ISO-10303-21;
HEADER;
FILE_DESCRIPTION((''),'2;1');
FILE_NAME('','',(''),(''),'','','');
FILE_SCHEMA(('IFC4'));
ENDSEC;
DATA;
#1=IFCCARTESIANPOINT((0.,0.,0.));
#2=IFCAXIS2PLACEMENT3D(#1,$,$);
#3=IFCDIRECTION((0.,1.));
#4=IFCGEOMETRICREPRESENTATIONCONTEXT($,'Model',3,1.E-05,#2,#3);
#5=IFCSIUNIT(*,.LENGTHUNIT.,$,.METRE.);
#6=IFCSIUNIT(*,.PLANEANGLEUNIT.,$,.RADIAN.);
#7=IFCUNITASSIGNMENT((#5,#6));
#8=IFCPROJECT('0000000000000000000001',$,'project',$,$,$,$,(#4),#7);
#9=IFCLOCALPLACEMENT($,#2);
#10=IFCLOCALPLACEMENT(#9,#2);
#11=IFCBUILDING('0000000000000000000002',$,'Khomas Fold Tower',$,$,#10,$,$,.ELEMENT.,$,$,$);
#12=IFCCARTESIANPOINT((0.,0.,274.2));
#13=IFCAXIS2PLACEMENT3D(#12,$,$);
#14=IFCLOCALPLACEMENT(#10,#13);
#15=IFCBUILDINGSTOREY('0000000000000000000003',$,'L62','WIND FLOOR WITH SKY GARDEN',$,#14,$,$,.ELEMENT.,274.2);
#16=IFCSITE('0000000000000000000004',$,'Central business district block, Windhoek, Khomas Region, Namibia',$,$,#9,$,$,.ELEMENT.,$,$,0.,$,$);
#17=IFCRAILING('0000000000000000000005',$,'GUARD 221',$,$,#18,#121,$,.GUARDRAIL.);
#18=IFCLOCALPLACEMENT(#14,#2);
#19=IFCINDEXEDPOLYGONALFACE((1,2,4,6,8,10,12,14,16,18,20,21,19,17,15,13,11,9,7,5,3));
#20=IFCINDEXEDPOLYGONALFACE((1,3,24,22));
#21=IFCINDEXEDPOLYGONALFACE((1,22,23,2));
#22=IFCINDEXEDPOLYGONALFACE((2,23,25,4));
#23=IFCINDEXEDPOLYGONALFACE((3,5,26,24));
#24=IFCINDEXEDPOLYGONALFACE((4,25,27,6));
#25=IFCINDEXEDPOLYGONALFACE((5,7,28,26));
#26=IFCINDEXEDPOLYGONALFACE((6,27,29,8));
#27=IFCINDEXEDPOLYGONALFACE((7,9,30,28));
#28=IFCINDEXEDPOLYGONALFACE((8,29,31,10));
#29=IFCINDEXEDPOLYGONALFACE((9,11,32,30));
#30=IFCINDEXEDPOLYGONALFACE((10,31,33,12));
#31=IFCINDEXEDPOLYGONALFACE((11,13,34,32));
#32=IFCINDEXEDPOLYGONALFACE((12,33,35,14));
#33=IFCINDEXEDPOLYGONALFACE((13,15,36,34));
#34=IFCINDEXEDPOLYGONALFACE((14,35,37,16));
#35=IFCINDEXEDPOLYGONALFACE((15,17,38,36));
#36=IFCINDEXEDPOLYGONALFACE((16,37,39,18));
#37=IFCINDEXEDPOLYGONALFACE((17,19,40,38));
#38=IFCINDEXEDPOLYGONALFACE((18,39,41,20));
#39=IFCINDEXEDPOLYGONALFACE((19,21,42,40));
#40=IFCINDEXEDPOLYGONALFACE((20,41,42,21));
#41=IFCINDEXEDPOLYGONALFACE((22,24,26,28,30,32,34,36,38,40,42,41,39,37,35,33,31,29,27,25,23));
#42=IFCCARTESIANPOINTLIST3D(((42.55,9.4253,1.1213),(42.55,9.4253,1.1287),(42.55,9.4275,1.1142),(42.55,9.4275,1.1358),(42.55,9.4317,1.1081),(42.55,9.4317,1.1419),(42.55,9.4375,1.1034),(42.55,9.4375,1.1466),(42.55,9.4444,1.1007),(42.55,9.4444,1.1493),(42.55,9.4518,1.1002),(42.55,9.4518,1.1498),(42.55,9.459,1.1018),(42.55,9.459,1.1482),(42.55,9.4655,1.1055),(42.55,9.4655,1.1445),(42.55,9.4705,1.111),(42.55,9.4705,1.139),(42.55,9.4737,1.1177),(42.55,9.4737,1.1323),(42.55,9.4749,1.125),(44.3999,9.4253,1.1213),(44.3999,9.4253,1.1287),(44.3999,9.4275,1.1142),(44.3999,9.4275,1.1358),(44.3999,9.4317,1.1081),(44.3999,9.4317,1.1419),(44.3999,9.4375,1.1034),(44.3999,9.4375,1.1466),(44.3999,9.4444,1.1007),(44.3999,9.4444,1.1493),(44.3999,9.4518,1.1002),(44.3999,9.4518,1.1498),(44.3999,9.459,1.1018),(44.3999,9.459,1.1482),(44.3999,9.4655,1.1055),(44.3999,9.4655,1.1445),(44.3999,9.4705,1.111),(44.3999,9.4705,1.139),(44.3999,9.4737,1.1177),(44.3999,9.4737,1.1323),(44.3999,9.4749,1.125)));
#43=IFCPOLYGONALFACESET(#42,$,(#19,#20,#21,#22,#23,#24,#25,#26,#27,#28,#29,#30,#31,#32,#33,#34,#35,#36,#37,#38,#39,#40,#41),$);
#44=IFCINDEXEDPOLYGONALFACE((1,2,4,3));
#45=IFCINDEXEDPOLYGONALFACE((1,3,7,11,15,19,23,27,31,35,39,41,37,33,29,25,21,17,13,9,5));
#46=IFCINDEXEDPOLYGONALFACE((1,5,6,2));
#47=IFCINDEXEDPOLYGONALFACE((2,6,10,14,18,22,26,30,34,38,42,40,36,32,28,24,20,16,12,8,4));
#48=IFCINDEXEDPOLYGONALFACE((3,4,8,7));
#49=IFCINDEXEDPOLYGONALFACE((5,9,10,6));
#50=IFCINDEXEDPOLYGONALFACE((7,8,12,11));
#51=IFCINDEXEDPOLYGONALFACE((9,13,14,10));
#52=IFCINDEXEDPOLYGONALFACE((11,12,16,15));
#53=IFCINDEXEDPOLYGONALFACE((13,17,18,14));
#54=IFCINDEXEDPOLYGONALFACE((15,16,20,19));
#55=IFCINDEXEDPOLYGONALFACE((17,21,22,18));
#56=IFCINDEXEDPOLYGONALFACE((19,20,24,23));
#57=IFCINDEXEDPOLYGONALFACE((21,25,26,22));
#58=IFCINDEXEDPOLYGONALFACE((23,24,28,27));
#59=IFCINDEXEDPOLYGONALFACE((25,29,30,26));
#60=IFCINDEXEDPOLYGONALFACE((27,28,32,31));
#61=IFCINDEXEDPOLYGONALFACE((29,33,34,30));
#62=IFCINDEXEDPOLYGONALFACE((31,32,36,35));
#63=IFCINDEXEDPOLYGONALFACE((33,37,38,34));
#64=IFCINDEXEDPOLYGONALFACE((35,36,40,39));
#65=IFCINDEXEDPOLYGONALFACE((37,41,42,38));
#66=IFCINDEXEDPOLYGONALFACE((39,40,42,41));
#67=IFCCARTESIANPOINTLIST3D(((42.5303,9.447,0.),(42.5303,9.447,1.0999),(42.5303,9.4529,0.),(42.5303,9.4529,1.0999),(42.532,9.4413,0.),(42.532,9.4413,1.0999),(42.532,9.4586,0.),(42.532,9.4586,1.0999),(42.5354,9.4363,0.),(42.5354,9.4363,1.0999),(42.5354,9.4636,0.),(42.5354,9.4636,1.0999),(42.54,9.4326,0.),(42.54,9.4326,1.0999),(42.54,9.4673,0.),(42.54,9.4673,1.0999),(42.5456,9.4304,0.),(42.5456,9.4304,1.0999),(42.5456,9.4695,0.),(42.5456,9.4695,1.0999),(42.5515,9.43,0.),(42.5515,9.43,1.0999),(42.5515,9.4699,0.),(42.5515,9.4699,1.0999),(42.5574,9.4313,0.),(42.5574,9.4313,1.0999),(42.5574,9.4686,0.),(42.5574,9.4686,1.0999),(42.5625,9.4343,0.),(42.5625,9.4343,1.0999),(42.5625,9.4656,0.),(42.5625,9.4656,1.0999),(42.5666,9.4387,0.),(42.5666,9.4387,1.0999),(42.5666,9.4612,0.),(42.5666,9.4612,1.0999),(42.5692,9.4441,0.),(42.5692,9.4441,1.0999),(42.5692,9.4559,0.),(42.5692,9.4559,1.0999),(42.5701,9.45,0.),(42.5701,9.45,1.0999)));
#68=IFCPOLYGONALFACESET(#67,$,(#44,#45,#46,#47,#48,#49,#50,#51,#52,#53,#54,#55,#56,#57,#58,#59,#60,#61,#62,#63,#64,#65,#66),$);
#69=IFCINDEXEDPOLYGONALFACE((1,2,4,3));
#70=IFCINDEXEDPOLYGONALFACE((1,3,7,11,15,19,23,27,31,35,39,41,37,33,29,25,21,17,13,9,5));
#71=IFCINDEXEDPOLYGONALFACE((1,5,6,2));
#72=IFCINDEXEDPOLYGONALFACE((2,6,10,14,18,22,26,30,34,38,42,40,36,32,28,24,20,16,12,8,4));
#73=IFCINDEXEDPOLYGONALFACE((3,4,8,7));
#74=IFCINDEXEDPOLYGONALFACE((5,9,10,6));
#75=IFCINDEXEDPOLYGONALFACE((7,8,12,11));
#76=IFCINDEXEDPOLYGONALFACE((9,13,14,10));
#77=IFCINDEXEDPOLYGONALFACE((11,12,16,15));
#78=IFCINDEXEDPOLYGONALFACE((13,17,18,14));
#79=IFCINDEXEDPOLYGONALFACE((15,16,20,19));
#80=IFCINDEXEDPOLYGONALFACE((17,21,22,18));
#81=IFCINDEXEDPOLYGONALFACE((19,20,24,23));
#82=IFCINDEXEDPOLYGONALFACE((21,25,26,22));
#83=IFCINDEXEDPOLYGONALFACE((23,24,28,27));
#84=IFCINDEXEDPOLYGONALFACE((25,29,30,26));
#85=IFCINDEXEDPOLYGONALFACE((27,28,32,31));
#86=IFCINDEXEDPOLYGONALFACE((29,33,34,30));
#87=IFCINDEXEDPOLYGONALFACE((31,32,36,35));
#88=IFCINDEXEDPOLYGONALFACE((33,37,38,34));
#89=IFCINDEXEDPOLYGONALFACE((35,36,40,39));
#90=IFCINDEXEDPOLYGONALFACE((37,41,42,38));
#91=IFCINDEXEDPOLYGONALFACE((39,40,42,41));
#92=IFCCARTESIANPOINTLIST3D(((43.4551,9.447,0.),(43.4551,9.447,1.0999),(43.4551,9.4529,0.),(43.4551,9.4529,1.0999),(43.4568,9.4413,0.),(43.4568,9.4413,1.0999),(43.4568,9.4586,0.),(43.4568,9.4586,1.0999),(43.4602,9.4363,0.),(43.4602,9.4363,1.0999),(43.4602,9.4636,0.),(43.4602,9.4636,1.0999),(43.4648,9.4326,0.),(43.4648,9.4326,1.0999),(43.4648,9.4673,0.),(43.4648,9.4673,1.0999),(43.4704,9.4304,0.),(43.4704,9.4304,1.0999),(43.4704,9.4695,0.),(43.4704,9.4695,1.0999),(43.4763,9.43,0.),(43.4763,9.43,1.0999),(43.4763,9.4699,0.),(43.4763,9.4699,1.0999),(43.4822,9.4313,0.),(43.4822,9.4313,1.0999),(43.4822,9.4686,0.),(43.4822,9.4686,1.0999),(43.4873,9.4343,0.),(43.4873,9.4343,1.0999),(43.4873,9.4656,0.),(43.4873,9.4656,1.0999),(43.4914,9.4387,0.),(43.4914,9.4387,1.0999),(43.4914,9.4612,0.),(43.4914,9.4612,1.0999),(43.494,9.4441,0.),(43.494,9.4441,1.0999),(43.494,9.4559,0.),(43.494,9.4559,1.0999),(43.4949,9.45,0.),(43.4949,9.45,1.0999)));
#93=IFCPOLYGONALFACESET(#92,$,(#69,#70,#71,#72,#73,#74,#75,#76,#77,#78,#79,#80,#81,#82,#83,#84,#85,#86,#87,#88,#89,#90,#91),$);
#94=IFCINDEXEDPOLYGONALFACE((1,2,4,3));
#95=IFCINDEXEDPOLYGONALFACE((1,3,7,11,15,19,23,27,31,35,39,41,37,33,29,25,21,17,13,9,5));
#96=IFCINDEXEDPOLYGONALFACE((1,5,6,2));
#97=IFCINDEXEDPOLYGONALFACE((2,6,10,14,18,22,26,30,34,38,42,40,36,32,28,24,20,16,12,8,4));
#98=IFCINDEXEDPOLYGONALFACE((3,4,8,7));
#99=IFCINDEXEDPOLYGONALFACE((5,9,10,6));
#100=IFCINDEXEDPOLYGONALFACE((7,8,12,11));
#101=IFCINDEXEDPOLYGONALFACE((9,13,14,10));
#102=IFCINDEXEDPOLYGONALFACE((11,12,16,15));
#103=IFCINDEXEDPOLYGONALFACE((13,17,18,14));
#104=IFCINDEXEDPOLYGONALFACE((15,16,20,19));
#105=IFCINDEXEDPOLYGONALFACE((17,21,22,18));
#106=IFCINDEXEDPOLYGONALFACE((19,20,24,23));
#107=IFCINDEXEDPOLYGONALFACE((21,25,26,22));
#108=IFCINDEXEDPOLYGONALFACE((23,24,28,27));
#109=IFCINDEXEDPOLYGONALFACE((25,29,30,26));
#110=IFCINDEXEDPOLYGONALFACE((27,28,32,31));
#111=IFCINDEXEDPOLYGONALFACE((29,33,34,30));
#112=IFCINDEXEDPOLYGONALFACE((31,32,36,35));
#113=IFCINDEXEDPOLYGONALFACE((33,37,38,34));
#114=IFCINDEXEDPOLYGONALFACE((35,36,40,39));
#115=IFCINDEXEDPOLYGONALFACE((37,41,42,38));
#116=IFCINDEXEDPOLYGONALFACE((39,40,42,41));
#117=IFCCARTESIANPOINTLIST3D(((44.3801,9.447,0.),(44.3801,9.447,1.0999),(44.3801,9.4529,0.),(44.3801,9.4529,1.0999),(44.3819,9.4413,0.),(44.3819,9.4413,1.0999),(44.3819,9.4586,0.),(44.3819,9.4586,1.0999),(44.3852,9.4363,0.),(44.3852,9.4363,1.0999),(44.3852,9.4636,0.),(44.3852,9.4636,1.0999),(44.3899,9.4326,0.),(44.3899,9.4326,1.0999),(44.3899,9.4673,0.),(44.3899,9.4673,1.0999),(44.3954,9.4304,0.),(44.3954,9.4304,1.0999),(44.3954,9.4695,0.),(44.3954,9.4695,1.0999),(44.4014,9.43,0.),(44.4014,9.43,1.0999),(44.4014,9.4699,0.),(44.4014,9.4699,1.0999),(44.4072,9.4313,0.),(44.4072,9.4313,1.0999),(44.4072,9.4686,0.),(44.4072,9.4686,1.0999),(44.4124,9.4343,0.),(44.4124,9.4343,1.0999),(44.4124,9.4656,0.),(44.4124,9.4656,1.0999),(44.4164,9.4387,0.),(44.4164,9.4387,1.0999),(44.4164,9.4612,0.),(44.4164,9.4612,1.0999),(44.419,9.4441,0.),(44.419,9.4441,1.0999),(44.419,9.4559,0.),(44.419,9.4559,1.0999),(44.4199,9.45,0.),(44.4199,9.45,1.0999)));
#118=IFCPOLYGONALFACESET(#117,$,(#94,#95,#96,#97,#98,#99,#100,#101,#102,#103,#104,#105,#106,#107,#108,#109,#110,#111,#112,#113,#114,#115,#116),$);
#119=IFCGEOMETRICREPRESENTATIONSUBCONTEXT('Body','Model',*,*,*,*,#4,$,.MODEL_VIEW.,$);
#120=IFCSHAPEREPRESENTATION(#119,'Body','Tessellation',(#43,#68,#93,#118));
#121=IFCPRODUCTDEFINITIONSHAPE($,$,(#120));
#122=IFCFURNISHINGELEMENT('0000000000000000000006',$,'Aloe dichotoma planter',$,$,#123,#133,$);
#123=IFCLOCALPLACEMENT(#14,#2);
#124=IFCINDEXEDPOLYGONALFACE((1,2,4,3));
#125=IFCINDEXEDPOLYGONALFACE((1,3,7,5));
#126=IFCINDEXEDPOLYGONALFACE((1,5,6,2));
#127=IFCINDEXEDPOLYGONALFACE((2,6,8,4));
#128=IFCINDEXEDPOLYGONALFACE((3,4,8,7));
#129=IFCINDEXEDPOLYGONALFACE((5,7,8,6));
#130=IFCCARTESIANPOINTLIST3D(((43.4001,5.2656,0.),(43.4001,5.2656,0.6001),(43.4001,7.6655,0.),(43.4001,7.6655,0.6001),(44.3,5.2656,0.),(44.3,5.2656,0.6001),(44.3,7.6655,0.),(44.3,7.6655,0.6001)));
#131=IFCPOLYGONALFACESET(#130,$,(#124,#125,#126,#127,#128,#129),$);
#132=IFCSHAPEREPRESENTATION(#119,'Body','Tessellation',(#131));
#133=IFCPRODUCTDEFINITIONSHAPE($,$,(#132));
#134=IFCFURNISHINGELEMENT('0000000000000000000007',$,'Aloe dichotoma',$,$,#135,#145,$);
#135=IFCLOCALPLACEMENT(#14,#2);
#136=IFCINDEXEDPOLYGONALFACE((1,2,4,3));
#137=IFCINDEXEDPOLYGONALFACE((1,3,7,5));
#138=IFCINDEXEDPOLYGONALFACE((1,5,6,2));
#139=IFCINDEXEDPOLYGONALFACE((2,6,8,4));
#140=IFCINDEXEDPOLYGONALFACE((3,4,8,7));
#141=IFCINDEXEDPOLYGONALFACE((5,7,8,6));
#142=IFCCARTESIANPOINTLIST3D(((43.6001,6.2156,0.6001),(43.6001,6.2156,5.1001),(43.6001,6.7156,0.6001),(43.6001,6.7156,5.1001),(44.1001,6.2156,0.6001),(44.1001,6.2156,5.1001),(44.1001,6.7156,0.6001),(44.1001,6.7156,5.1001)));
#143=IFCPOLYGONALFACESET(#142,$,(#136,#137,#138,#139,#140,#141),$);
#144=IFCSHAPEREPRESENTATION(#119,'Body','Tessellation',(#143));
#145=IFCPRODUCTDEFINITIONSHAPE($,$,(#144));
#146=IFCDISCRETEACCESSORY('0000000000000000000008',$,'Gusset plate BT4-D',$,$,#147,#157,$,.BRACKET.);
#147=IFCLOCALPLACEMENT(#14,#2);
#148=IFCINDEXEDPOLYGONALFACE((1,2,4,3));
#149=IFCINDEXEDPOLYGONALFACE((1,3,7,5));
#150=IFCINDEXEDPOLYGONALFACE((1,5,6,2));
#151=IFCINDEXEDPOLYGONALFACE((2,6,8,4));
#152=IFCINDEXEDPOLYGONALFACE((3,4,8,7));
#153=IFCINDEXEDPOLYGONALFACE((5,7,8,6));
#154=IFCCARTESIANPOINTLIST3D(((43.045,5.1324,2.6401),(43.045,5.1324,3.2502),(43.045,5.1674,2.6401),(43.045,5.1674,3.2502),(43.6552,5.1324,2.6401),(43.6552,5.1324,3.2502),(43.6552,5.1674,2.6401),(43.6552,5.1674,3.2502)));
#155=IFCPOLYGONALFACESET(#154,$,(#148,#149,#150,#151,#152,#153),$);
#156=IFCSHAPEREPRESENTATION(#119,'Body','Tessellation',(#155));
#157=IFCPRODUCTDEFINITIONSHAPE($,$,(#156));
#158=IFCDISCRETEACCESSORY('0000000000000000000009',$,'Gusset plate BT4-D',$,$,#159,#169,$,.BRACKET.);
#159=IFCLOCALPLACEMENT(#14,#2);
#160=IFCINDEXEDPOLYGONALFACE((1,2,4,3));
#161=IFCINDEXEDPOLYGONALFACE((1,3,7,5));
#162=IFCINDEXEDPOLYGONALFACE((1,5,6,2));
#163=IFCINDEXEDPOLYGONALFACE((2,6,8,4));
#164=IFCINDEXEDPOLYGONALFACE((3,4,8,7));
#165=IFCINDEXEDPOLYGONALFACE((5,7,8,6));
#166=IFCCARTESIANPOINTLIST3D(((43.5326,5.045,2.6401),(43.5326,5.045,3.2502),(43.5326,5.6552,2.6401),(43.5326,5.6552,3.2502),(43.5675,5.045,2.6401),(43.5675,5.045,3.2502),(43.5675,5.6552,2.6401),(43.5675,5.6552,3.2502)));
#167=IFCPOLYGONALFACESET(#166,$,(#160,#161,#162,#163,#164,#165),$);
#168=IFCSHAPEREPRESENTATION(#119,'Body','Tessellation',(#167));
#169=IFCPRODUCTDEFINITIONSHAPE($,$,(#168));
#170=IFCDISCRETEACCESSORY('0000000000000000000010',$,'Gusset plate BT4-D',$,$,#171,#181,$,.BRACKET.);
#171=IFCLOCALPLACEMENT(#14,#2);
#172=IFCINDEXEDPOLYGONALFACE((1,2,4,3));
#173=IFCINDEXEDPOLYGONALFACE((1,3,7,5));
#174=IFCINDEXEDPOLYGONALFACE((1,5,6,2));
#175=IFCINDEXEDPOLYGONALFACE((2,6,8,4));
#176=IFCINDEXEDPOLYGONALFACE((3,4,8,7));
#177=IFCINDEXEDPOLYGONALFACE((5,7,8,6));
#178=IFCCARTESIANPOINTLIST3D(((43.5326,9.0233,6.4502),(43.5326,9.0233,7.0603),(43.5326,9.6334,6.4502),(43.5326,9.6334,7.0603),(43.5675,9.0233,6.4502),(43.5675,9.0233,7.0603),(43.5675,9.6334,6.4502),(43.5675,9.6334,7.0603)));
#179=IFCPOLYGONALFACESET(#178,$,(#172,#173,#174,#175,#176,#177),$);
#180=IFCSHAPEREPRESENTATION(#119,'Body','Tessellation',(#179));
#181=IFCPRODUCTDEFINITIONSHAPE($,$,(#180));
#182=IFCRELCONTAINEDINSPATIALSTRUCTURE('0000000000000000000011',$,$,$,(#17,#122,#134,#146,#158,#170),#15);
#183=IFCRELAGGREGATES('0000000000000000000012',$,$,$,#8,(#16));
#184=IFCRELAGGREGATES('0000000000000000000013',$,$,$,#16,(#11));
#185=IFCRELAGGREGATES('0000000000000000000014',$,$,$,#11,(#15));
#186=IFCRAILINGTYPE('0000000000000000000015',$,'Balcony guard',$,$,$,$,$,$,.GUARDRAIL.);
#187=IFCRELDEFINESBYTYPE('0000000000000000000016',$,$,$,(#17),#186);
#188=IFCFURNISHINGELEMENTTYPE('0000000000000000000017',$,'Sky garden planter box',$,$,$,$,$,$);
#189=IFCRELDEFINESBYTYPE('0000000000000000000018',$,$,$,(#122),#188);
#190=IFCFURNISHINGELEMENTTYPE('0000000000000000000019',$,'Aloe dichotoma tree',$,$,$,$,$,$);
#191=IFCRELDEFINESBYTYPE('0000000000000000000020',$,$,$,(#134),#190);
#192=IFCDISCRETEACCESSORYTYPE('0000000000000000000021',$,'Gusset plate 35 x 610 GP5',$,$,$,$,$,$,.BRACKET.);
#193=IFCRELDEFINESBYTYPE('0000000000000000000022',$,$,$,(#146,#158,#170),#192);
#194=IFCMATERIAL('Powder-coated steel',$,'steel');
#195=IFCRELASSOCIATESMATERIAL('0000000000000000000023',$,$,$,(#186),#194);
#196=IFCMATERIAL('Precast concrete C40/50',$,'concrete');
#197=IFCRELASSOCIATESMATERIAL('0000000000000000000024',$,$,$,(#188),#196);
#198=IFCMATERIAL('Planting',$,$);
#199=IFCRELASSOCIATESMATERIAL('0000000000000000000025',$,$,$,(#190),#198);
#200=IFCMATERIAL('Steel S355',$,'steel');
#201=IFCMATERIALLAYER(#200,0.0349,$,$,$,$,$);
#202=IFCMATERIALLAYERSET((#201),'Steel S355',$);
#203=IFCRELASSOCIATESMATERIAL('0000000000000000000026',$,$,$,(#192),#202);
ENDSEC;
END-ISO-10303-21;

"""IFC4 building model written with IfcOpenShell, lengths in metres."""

from ifc_helpers import new_model, si_unit, direction, frame, origin, origin_2d, place, context, subcontext, project, spatial, rectangle, circle, extrude, source, transform, mapped, material, layer, layer_set, type_object, element, save


model = new_model("IFC4")

# Units and contexts
model_context = context("Model", 3, precision=1e-05, world=origin(), true_north=direction((0.0, 1.0)))
body_context = subcontext(model_context, "Body", "Model", "MODEL_VIEW")
ifc_project = project(units=[si_unit("LENGTHUNIT", "METRE"), si_unit("PLANEANGLEUNIT", "RADIAN")], contexts=[model_context])

# Site, building, storey
site_placement = place(None, origin())
site = spatial("IfcSite", under=ifc_project, at=site_placement, Name="Central business district block, Windhoek, Khomas Region, Namibia", CompositionType="ELEMENT", RefElevation=0.0)
building_placement = place(site_placement, origin())
building = spatial("IfcBuilding", under=site, at=building_placement, Name="Khomas Fold Tower", CompositionType="ELEMENT")
storey_placement = place(building_placement, frame((0.0, 0.0, 274.2)))
storey = spatial("IfcBuildingStorey", under=building, at=storey_placement, Name="L62", Description="WIND FLOOR WITH SKY GARDEN", CompositionType="ELEMENT", Elevation=274.2)

# Railing
ifc_material_1 = material(Name="Powder-coated steel", Category="steel")
railing_type = type_object("IfcRailingType", Name="Balcony guard", PredefinedType="GUARDRAIL", material=ifc_material_1)
shared_shape_1 = source(origin(), body_context, "Body", "SweptSolid", [
    extrude(circle(Radius=0.0249, at=origin_2d()), frame((0.0, 0.0, 1.125), z_axis=(1.0, 0.0, 0.0), x_axis=(0.0, 1.0, 0.0)), (0.0, 0.0, 1.0), 1.8499),
    extrude(circle(Radius=0.02, at=origin_2d()), origin(), (0.0, 0.0, 1.0), 1.0999),
    extrude(circle(Radius=0.02, at=origin_2d()), frame((0.9248, 0.0, 0.0)), (0.0, 0.0, 1.0), 1.0999),
    extrude(circle(Radius=0.02, at=origin_2d()), frame((1.8499, 0.0, 0.0)), (0.0, 0.0, 1.0), 1.0999),
])
railing_placement = place(storey_placement, frame((42.55, 9.45, 0.0)))
element("IfcRailing", 1, at=railing_placement, inside=storey, type_object=railing_type, Name="GUARD 221", PredefinedType="GUARDRAIL", context=body_context, shape_type="MappedRepresentation", body=[
    mapped(shared_shape_1, transform((0.0, 0.0, 0.0))),
])

# Furnishing elements
ifc_material_2 = material(Name="Precast concrete C40/50", Category="concrete")
furnishing_element_type_1 = type_object("IfcFurnishingElementType", Name="Sky garden planter box", material=ifc_material_2)
shared_shape_2 = source(origin(), body_context, "Body", "SweptSolid", [
    extrude(rectangle(XDim=2.3999, YDim=0.8999, at=origin_2d()), origin(), (0.0, 0.0, 1.0), 0.6001),
])
furnishing_1_placement = place(storey_placement, frame((43.8501, 6.4656, 0.0), z_axis=(0.0, 0.0, 1.0), x_axis=(0.0, -1.0, 0.0)))
element("IfcFurnishingElement", 2, at=furnishing_1_placement, inside=storey, type_object=furnishing_element_type_1, Name="Aloe dichotoma planter", context=body_context, shape_type="MappedRepresentation", body=[
    mapped(shared_shape_2, transform((0.0, 0.0, 0.0))),
])
ifc_material_3 = material(Name="Planting")
furnishing_element_type_2 = type_object("IfcFurnishingElementType", Name="Aloe dichotoma tree", material=ifc_material_3)
shared_shape_3 = source(origin(), body_context, "Body", "SweptSolid", [
    extrude(rectangle(XDim=0.5, YDim=0.5, at=origin_2d()), origin(), (0.0, 0.0, 1.0), 4.5),
])
furnishing_2_placement = place(storey_placement, frame((43.8501, 6.4656, 0.6001), z_axis=(0.0, 0.0, 1.0), x_axis=(1.0, 0.0, 0.0)))
element("IfcFurnishingElement", 3, at=furnishing_2_placement, inside=storey, type_object=furnishing_element_type_2, Name="Aloe dichotoma", context=body_context, shape_type="MappedRepresentation", body=[
    mapped(shared_shape_3, transform((0.0, 0.0, 0.0))),
])

# Discrete accessories
ifc_material_4 = material(Name="Steel S355", Category="steel")
ifc_layer_1 = layer(ifc_material_4, 0.0349)
ifc_layer_set_1 = layer_set([ifc_layer_1], Name="Steel S355")
discrete_accessory_type = type_object("IfcDiscreteAccessoryType", Name="Gusset plate 35 x 610 GP5", PredefinedType="BRACKET", material=ifc_layer_set_1)
shared_shape_4 = source(origin(), body_context, "Body", "SweptSolid", [
    extrude(rectangle(XDim=0.6101, YDim=0.0349, at=origin_2d()), origin(), (0.0, 0.0, 1.0), 0.6101),
])
for number, where, z_axis, x_axis, name in (
    (4, (43.3501, 5.1499, 2.6401), (0.0, 0.0, 1.0), (1.0, 0.0, 0.0), "Gusset plate BT4-D"),
    (5, (43.55, 5.3501, 2.6401), (0.0, 0.0, 1.0), (0.0, 1.0, 0.0), "Gusset plate BT4-D"),
    (6, (43.55, 9.3284, 6.4502), (0.0, 0.0, 1.0), (0.0, 1.0, 0.0), "Gusset plate BT4-D"),
):
    element("IfcDiscreteAccessory", number, at=place(storey_placement, frame(where, z_axis=z_axis, x_axis=x_axis)), inside=storey, type_object=discrete_accessory_type, Name=name, PredefinedType="BRACKET", context=body_context, shape_type="MappedRepresentation", body=[
        mapped(shared_shape_4, transform((0.0, 0.0, 0.0))),
    ])

save(model, "model.ifc")
